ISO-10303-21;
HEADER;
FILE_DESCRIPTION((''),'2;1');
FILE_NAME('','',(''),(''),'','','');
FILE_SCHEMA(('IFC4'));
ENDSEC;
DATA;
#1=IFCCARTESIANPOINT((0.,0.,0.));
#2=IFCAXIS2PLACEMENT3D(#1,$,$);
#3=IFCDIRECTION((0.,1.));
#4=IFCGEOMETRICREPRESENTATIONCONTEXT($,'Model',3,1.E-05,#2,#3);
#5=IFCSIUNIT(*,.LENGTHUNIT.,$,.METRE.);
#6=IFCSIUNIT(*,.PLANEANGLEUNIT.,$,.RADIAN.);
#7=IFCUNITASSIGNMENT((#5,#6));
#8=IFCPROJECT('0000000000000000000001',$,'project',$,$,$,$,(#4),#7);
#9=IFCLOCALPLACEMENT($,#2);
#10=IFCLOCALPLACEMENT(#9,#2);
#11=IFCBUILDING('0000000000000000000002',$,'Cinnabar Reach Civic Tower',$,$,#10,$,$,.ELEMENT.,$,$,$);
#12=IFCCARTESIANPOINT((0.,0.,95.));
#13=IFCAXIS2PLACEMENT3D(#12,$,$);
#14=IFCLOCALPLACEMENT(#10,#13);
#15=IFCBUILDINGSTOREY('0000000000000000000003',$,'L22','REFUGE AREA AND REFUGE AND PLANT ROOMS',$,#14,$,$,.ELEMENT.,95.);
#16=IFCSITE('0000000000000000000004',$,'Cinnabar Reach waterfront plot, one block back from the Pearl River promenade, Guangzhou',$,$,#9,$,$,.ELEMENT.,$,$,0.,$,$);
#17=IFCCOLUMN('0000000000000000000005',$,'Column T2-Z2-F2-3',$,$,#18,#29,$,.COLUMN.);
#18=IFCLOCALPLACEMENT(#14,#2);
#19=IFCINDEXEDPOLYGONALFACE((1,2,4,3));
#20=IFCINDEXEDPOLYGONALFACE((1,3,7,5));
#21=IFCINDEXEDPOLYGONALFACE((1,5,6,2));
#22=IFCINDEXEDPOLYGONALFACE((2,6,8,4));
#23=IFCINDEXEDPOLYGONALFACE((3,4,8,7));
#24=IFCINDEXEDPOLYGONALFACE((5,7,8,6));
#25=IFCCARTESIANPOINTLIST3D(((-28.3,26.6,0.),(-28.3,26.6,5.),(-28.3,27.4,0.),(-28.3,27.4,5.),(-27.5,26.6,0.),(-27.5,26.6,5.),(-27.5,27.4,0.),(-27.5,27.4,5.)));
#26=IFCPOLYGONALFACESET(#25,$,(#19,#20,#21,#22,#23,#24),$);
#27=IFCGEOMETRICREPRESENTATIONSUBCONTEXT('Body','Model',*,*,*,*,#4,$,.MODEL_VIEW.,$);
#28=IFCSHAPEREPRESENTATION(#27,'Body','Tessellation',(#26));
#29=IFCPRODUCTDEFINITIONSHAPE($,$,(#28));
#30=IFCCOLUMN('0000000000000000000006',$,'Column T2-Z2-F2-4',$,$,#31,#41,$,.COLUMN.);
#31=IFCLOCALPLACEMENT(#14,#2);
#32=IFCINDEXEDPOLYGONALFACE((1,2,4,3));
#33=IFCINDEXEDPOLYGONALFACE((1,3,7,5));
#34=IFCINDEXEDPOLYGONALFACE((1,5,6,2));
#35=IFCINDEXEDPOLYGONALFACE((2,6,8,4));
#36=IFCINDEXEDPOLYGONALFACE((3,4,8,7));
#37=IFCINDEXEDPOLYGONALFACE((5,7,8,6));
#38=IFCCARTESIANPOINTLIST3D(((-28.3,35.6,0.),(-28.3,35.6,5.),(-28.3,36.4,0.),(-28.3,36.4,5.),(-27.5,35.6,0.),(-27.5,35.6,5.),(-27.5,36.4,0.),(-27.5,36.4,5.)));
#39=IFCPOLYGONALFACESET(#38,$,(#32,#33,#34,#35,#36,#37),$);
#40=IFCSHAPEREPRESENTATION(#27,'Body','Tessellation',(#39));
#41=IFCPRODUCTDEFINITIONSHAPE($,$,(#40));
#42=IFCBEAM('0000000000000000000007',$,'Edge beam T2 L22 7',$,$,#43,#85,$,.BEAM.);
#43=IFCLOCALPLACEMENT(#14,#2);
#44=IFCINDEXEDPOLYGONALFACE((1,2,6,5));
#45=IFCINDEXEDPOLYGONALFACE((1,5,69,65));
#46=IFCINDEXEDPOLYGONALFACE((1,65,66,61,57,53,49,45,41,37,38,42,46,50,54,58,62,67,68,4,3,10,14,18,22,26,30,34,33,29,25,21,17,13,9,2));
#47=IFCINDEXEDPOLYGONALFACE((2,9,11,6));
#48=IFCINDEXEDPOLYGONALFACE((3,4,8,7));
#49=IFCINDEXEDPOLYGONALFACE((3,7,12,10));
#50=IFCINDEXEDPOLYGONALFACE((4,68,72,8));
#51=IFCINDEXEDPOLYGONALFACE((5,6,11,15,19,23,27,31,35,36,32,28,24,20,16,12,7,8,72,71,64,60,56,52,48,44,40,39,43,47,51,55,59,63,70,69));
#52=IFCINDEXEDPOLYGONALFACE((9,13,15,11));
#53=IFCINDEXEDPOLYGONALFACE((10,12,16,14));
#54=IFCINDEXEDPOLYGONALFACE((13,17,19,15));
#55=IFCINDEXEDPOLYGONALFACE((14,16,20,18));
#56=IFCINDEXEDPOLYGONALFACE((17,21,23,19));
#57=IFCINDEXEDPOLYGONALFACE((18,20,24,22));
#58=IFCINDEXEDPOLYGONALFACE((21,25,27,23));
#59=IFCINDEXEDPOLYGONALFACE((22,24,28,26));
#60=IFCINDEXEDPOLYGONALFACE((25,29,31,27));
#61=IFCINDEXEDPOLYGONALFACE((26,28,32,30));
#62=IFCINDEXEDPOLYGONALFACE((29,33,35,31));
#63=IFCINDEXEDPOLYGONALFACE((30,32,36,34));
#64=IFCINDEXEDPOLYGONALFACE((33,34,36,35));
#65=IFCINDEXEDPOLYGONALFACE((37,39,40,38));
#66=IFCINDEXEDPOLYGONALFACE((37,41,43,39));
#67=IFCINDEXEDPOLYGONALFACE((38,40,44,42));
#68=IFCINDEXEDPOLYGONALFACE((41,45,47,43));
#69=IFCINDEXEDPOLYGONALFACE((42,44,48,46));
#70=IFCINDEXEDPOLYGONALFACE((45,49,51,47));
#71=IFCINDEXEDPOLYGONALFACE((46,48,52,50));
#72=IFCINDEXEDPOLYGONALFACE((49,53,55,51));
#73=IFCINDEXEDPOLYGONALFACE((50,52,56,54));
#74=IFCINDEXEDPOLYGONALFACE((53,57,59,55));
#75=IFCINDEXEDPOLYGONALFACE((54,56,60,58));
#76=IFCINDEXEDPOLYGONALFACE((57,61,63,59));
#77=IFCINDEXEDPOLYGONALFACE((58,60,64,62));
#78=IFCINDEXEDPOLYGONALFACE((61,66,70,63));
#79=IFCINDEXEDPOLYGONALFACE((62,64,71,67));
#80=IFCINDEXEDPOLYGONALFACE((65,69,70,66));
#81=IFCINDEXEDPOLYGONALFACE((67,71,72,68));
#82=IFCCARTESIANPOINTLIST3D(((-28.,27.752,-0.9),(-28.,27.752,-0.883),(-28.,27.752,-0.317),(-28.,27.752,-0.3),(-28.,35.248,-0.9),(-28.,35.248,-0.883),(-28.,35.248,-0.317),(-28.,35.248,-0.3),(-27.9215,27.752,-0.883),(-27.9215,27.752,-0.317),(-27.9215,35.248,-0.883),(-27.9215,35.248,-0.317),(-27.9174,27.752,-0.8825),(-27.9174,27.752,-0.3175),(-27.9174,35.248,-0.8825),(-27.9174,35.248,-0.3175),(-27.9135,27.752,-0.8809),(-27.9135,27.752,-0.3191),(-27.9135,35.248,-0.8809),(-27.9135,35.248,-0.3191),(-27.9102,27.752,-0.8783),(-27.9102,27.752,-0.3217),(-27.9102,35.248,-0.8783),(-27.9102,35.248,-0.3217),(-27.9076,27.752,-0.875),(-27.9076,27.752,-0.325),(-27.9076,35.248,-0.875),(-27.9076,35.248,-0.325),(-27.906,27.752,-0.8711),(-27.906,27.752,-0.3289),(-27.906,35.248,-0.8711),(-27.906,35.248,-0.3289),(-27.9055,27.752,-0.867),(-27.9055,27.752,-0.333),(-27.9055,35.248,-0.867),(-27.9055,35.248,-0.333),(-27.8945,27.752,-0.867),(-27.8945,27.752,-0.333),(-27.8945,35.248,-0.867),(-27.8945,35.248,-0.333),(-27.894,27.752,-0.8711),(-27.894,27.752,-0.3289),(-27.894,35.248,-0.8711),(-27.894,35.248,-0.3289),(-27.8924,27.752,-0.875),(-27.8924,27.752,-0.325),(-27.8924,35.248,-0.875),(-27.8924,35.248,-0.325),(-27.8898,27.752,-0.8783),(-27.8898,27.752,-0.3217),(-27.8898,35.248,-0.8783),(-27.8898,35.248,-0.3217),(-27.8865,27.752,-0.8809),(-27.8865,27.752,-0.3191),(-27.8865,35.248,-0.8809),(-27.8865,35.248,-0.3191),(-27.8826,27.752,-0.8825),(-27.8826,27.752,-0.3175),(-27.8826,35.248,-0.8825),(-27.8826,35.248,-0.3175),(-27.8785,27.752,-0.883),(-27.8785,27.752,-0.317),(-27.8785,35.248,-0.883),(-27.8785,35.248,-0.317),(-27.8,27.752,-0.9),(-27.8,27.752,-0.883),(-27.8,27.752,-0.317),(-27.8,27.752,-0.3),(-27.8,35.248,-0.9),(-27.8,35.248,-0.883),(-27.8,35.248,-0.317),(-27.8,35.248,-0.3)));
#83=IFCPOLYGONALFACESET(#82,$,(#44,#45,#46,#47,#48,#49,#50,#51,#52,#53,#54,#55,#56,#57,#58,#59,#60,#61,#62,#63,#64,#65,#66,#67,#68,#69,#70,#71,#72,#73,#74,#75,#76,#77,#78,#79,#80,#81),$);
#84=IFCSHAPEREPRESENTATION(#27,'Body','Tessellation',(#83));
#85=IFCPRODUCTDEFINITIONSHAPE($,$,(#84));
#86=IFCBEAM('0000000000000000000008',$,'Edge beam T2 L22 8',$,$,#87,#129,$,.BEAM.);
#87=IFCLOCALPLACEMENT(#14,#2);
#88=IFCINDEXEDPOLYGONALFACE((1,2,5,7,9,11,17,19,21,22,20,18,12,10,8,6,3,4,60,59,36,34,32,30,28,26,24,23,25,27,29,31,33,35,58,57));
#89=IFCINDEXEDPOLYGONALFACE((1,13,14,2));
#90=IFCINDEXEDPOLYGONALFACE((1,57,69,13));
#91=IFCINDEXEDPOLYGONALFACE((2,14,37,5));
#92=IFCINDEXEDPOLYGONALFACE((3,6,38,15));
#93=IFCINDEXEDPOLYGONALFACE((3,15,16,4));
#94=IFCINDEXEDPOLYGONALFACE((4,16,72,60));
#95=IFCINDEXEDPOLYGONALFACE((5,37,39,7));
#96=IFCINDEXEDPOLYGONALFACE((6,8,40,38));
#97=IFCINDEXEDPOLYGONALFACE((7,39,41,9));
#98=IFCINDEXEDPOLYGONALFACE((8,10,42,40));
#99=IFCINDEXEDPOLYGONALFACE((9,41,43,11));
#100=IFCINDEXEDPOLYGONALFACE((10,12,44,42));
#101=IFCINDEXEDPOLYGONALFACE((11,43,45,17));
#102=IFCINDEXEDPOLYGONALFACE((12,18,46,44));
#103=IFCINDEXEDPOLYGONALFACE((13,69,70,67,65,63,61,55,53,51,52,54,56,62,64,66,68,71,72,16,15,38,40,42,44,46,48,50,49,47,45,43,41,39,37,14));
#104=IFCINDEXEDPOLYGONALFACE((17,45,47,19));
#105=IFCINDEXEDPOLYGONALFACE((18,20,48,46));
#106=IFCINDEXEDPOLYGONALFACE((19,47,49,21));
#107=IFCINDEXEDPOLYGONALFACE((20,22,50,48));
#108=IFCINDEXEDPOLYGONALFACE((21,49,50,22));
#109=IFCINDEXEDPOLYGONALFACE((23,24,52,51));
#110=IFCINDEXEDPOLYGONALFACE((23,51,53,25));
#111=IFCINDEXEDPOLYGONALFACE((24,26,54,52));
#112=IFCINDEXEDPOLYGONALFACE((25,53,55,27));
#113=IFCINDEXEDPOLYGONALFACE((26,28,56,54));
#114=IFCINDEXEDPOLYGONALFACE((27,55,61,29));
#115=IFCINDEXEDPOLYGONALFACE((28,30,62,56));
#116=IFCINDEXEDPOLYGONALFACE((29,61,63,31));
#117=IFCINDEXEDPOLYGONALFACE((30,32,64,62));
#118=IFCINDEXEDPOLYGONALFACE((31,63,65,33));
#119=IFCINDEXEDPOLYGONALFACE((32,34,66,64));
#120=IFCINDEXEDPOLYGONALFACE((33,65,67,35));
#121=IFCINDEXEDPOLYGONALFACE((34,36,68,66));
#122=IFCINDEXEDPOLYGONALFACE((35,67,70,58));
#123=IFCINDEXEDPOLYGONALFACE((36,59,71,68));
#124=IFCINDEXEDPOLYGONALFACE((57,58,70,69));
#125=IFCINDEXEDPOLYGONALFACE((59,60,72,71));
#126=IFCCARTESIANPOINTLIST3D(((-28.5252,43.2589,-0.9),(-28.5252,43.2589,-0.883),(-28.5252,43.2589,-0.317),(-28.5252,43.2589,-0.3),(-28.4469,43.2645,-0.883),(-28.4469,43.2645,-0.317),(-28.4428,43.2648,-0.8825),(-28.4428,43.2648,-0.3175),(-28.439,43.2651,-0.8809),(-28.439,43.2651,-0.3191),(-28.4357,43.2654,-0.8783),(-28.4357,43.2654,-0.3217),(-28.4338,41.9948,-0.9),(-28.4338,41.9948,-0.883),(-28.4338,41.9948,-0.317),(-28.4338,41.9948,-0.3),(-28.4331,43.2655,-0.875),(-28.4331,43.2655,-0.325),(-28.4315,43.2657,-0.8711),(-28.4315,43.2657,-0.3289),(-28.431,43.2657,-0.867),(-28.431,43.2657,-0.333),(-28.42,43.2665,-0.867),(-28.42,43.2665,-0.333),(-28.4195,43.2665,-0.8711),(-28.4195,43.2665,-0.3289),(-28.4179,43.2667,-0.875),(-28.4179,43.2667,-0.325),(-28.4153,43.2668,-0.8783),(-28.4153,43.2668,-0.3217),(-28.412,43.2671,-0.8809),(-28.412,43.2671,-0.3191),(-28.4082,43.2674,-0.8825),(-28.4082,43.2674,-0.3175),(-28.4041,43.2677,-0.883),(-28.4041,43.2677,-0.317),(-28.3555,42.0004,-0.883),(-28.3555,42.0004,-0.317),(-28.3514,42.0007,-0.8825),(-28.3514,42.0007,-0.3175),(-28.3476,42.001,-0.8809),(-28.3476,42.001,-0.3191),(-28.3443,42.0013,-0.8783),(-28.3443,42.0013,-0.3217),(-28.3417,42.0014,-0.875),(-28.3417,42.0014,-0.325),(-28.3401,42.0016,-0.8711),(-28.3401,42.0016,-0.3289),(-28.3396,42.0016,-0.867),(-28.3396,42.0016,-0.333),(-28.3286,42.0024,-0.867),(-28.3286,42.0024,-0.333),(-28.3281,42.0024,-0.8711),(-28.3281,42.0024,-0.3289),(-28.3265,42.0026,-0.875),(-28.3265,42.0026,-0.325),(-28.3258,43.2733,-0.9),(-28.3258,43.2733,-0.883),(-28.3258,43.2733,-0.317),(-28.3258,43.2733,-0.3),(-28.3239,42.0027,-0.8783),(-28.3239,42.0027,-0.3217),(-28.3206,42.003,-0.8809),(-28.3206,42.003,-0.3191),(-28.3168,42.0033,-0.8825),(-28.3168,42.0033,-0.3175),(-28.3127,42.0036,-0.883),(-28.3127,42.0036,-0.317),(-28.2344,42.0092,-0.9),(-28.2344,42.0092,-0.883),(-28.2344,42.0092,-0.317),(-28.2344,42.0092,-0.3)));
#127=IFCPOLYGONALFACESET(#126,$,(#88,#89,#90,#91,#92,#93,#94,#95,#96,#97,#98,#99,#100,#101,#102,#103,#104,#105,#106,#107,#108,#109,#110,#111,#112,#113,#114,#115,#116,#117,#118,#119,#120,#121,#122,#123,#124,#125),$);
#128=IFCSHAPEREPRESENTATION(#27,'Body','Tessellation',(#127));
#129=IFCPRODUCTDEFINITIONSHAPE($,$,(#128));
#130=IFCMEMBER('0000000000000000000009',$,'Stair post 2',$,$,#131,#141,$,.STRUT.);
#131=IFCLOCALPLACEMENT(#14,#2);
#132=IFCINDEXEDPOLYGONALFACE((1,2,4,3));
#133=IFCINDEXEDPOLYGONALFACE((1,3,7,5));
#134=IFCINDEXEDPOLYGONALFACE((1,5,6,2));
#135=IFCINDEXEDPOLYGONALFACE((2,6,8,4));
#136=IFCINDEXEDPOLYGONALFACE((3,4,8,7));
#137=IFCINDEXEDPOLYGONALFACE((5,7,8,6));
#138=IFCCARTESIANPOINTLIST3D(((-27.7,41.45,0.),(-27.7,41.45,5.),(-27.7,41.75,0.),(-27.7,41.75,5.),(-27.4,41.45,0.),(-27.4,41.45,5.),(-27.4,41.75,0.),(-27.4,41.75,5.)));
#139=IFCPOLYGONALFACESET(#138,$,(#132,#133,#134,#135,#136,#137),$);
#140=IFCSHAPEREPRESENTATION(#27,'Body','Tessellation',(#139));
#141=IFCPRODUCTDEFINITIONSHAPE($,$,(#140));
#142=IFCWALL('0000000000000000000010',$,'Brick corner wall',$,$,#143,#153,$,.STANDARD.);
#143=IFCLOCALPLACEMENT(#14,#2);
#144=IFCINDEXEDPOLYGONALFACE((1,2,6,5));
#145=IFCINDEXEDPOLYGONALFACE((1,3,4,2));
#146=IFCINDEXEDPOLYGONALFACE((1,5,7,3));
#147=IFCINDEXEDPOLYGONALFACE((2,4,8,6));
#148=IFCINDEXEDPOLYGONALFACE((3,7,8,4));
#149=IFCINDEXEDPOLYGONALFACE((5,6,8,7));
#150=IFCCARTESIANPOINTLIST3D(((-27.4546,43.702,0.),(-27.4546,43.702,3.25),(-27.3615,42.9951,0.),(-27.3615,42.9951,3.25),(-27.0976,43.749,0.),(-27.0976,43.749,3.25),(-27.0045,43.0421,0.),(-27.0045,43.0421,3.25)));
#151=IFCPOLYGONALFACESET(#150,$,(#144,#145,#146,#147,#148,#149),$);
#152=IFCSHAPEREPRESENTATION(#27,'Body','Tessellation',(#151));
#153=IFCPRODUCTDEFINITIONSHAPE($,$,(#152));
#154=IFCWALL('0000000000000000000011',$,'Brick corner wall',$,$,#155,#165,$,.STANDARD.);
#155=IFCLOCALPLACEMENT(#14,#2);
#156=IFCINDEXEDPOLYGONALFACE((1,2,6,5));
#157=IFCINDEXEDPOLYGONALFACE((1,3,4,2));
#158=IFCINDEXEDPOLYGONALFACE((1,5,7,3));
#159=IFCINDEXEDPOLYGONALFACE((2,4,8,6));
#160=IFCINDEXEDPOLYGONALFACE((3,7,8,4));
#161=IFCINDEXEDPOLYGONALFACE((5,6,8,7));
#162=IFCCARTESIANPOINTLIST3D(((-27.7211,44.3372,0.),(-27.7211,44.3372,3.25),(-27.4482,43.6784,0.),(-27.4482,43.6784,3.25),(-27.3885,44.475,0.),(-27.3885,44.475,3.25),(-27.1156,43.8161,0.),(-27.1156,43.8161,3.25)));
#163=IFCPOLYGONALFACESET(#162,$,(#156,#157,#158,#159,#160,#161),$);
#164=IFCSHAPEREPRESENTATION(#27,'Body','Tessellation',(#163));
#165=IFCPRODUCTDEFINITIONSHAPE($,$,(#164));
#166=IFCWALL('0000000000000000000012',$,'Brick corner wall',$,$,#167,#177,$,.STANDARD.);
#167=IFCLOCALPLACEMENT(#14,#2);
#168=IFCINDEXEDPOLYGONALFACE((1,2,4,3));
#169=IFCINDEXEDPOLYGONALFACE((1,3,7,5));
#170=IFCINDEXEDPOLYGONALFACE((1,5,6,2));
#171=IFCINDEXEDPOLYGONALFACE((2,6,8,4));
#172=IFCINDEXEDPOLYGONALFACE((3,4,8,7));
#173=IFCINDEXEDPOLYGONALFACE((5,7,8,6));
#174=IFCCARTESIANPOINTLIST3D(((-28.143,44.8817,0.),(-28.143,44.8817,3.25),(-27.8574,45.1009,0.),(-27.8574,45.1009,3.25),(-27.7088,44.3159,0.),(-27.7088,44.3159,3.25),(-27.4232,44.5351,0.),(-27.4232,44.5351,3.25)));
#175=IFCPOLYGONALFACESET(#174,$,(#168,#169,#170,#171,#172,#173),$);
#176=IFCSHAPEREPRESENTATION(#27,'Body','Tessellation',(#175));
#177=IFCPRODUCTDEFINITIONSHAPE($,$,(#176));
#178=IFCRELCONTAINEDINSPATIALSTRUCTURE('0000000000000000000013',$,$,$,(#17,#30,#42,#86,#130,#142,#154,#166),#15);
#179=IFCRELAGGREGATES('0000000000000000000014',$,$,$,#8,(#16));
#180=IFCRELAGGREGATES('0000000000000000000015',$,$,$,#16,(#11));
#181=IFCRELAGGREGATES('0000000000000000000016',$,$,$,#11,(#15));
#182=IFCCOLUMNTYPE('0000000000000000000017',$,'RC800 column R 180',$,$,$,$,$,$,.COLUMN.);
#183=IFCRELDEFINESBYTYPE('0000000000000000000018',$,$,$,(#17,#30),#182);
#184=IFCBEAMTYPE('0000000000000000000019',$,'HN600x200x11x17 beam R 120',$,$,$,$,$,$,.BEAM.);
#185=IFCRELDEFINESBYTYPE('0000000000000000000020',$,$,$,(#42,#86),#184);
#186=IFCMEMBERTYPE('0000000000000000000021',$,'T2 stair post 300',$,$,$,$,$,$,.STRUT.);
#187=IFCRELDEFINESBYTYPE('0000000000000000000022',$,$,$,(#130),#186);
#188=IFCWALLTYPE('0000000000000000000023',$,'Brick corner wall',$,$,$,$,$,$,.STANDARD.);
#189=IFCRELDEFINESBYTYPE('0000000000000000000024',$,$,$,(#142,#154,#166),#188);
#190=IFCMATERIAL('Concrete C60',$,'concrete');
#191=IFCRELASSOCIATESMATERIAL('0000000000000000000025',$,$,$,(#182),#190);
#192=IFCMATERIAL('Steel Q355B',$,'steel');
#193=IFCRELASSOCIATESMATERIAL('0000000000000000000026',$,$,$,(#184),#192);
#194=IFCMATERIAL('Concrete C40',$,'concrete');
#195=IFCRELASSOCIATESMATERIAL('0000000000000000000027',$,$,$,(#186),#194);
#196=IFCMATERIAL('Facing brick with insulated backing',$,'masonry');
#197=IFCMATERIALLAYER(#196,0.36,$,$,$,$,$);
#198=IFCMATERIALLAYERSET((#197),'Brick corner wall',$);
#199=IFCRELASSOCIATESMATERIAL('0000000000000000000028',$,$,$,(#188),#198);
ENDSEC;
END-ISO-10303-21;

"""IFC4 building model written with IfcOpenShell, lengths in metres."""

from ifc_helpers import new_model, si_unit, direction, frame, frame_2d, origin, origin_2d, place, context, subcontext, project, spatial, rectangle, i_section, extrude, material, layer, layer_set, material_profile, profile_set, type_object, element, save


model = new_model("IFC4")

# Units and contexts
model_context = context("Model", 3, precision=1e-05, world=origin(), true_north=direction((0.0, 1.0)))
body_context = subcontext(model_context, "Body", "Model", "MODEL_VIEW")
ifc_project = project(units=[si_unit("LENGTHUNIT", "METRE"), si_unit("PLANEANGLEUNIT", "RADIAN")], contexts=[model_context])

# Site, building, storey
site_placement = place(None, origin())
site = spatial("IfcSite", under=ifc_project, at=site_placement, Name="Cinnabar Reach waterfront plot, one block back from the Pearl River promenade, Guangzhou", CompositionType="ELEMENT", RefElevation=0.0)
building_placement = place(site_placement, origin())
building = spatial("IfcBuilding", under=site, at=building_placement, Name="Cinnabar Reach Civic Tower", CompositionType="ELEMENT")
storey_placement = place(building_placement, frame((0.0, 0.0, 95.0)))
storey = spatial("IfcBuildingStorey", under=building, at=storey_placement, Name="L22", Description="REFUGE AREA AND REFUGE AND PLANT ROOMS", CompositionType="ELEMENT", Elevation=95.0)

# Columns
ifc_material_1 = material(Name="Concrete C60", Category="concrete")
ifc_material_profile_1 = material_profile(ifc_material_1, rectangle(XDim=0.8, YDim=0.8, at=origin_2d()), Name="RC800")
ifc_profile_set_1 = profile_set([ifc_material_profile_1], Name="Concrete C60")
column_type = type_object("IfcColumnType", Name="RC800 column R 180", PredefinedType="COLUMN", material=ifc_profile_set_1)
for number, where, z_axis, x_axis, name in (
    (1, (-27.9, 27.0, 0.0), (0.0, 0.0, 1.0), (1.0, 0.0, 0.0), "Column T2-Z2-F2-3"),
    (2, (-27.9, 36.0, 0.0), (0.0, 0.0, 1.0), (1.0, 0.0, 0.0), "Column T2-Z2-F2-4"),
):
    element("IfcColumn", number, at=place(storey_placement, frame(where, z_axis=z_axis, x_axis=x_axis)), inside=storey, type_object=column_type, Name=name, PredefinedType="COLUMN", context=body_context, shape_type="SweptSolid", body=[
        extrude(rectangle(XDim=0.8, YDim=0.8, at=origin_2d()), origin(), (0.0, 0.0, 1.0), 5.0),
    ])

# Beams
ifc_material_2 = material(Name="Steel Q355B", Category="steel")
ifc_material_profile_2 = material_profile(ifc_material_2, i_section(OverallWidth=0.2, OverallDepth=0.6, WebThickness=0.011, FlangeThickness=0.017, FilletRadius=0.016, at=origin_2d()), Name="HN600x200x11x17")
ifc_profile_set_2 = profile_set([ifc_material_profile_2], Name="Steel Q355B")
beam_type = type_object("IfcBeamType", Name="HN600x200x11x17 beam R 120", PredefinedType="BEAM", material=ifc_profile_set_2)
beam_1_placement = place(storey_placement, frame((-27.9, 27.752, -0.6), z_axis=(0.0, 1.0, 0.0), x_axis=(-1.0, 0.0, 0.0)))
element("IfcBeam", 3, at=beam_1_placement, inside=storey, type_object=beam_type, Name="Edge beam T2 L22 7", PredefinedType="BEAM", context=body_context, shape_type="SweptSolid", body=[
    extrude(i_section(OverallWidth=0.2, OverallDepth=0.6, WebThickness=0.011, FlangeThickness=0.017, FilletRadius=0.016, at=origin_2d()), origin(), (0.0, 0.0, 1.0), 7.496),
])
beam_2_placement = place(storey_placement, frame((-28.3341, 42.002, -0.6), z_axis=(-0.072116, 0.997396, 0.0), x_axis=(-0.997396, -0.072116, 0.0)))
element("IfcBeam", 4, at=beam_2_placement, inside=storey, type_object=beam_type, Name="Edge beam T2 L22 8", PredefinedType="BEAM", context=body_context, shape_type="SweptSolid", body=[
    extrude(i_section(OverallWidth=0.2, OverallDepth=0.6, WebThickness=0.011, FlangeThickness=0.017, FilletRadius=0.016, at=origin_2d()), origin(), (0.0, 0.0, 1.0), 1.2674),
])

# Member
ifc_material_3 = material(Name="Concrete C40", Category="concrete")
ifc_material_profile_3 = material_profile(ifc_material_3, rectangle(XDim=0.3, YDim=0.3, at=origin_2d()), Name="C300")
ifc_profile_set_3 = profile_set([ifc_material_profile_3], Name="Concrete C40")
member_type = type_object("IfcMemberType", Name="T2 stair post 300", PredefinedType="STRUT", material=ifc_profile_set_3)
member_placement = place(storey_placement, frame((-27.55, 41.6, 0.0), z_axis=(0.0, 0.0, 1.0), x_axis=(1.0, 0.0, 0.0)))
element("IfcMember", 5, at=member_placement, inside=storey, type_object=member_type, Name="Stair post 2", PredefinedType="STRUT", context=body_context, shape_type="SweptSolid", body=[
    extrude(rectangle(XDim=0.3, YDim=0.3, at=origin_2d()), origin(), (0.0, 0.0, 1.0), 5.0),
])

# Walls
ifc_material_4 = material(Name="Facing brick with insulated backing", Category="masonry")
ifc_layer_1 = layer(ifc_material_4, 0.36)
ifc_layer_set_1 = layer_set([ifc_layer_1], Name="Brick corner wall")
wall_type_1 = type_object("IfcWallType", Name="Brick corner wall", PredefinedType="STANDARD", material=ifc_layer_set_1)
for number, where, z_axis, x_axis, name in (
    (6, (-27.183, 43.0186, 0.0), (0.0, 0.0, 1.0), (-0.130556, 0.991441, 0.0), "Brick corner wall"),
    (7, (-27.2819, 43.7473, 0.0), (0.0, 0.0, 1.0), (-0.382703, 0.923872, 0.0), "Brick corner wall"),
):
    element("IfcWall", number, at=place(storey_placement, frame(where, z_axis=z_axis, x_axis=x_axis)), inside=storey, type_object=wall_type_1, Name=name, PredefinedType="STANDARD", context=body_context, shape_type="SweptSolid", body=[
        extrude(rectangle(XDim=0.7131, YDim=0.36, at=frame_2d((0.3565, 0.0))), origin(), (0.0, 0.0, 1.0), 3.25),
    ])
wall_1_placement = place(storey_placement, frame((-27.566, 44.4255, 0.0), z_axis=(0.0, 0.0, 1.0), x_axis=(-0.608802, 0.793322, 0.0)))
element("IfcWall", 8, at=wall_1_placement, inside=storey, type_object=wall_type_1, Name="Brick corner wall", PredefinedType="STANDARD", context=body_context, shape_type="SweptSolid", body=[
    extrude(rectangle(XDim=0.7132, YDim=0.36, at=frame_2d((0.3566, 0.0))), origin(), (0.0, 0.0, 1.0), 3.25),
])

save(model, "model.ifc")
